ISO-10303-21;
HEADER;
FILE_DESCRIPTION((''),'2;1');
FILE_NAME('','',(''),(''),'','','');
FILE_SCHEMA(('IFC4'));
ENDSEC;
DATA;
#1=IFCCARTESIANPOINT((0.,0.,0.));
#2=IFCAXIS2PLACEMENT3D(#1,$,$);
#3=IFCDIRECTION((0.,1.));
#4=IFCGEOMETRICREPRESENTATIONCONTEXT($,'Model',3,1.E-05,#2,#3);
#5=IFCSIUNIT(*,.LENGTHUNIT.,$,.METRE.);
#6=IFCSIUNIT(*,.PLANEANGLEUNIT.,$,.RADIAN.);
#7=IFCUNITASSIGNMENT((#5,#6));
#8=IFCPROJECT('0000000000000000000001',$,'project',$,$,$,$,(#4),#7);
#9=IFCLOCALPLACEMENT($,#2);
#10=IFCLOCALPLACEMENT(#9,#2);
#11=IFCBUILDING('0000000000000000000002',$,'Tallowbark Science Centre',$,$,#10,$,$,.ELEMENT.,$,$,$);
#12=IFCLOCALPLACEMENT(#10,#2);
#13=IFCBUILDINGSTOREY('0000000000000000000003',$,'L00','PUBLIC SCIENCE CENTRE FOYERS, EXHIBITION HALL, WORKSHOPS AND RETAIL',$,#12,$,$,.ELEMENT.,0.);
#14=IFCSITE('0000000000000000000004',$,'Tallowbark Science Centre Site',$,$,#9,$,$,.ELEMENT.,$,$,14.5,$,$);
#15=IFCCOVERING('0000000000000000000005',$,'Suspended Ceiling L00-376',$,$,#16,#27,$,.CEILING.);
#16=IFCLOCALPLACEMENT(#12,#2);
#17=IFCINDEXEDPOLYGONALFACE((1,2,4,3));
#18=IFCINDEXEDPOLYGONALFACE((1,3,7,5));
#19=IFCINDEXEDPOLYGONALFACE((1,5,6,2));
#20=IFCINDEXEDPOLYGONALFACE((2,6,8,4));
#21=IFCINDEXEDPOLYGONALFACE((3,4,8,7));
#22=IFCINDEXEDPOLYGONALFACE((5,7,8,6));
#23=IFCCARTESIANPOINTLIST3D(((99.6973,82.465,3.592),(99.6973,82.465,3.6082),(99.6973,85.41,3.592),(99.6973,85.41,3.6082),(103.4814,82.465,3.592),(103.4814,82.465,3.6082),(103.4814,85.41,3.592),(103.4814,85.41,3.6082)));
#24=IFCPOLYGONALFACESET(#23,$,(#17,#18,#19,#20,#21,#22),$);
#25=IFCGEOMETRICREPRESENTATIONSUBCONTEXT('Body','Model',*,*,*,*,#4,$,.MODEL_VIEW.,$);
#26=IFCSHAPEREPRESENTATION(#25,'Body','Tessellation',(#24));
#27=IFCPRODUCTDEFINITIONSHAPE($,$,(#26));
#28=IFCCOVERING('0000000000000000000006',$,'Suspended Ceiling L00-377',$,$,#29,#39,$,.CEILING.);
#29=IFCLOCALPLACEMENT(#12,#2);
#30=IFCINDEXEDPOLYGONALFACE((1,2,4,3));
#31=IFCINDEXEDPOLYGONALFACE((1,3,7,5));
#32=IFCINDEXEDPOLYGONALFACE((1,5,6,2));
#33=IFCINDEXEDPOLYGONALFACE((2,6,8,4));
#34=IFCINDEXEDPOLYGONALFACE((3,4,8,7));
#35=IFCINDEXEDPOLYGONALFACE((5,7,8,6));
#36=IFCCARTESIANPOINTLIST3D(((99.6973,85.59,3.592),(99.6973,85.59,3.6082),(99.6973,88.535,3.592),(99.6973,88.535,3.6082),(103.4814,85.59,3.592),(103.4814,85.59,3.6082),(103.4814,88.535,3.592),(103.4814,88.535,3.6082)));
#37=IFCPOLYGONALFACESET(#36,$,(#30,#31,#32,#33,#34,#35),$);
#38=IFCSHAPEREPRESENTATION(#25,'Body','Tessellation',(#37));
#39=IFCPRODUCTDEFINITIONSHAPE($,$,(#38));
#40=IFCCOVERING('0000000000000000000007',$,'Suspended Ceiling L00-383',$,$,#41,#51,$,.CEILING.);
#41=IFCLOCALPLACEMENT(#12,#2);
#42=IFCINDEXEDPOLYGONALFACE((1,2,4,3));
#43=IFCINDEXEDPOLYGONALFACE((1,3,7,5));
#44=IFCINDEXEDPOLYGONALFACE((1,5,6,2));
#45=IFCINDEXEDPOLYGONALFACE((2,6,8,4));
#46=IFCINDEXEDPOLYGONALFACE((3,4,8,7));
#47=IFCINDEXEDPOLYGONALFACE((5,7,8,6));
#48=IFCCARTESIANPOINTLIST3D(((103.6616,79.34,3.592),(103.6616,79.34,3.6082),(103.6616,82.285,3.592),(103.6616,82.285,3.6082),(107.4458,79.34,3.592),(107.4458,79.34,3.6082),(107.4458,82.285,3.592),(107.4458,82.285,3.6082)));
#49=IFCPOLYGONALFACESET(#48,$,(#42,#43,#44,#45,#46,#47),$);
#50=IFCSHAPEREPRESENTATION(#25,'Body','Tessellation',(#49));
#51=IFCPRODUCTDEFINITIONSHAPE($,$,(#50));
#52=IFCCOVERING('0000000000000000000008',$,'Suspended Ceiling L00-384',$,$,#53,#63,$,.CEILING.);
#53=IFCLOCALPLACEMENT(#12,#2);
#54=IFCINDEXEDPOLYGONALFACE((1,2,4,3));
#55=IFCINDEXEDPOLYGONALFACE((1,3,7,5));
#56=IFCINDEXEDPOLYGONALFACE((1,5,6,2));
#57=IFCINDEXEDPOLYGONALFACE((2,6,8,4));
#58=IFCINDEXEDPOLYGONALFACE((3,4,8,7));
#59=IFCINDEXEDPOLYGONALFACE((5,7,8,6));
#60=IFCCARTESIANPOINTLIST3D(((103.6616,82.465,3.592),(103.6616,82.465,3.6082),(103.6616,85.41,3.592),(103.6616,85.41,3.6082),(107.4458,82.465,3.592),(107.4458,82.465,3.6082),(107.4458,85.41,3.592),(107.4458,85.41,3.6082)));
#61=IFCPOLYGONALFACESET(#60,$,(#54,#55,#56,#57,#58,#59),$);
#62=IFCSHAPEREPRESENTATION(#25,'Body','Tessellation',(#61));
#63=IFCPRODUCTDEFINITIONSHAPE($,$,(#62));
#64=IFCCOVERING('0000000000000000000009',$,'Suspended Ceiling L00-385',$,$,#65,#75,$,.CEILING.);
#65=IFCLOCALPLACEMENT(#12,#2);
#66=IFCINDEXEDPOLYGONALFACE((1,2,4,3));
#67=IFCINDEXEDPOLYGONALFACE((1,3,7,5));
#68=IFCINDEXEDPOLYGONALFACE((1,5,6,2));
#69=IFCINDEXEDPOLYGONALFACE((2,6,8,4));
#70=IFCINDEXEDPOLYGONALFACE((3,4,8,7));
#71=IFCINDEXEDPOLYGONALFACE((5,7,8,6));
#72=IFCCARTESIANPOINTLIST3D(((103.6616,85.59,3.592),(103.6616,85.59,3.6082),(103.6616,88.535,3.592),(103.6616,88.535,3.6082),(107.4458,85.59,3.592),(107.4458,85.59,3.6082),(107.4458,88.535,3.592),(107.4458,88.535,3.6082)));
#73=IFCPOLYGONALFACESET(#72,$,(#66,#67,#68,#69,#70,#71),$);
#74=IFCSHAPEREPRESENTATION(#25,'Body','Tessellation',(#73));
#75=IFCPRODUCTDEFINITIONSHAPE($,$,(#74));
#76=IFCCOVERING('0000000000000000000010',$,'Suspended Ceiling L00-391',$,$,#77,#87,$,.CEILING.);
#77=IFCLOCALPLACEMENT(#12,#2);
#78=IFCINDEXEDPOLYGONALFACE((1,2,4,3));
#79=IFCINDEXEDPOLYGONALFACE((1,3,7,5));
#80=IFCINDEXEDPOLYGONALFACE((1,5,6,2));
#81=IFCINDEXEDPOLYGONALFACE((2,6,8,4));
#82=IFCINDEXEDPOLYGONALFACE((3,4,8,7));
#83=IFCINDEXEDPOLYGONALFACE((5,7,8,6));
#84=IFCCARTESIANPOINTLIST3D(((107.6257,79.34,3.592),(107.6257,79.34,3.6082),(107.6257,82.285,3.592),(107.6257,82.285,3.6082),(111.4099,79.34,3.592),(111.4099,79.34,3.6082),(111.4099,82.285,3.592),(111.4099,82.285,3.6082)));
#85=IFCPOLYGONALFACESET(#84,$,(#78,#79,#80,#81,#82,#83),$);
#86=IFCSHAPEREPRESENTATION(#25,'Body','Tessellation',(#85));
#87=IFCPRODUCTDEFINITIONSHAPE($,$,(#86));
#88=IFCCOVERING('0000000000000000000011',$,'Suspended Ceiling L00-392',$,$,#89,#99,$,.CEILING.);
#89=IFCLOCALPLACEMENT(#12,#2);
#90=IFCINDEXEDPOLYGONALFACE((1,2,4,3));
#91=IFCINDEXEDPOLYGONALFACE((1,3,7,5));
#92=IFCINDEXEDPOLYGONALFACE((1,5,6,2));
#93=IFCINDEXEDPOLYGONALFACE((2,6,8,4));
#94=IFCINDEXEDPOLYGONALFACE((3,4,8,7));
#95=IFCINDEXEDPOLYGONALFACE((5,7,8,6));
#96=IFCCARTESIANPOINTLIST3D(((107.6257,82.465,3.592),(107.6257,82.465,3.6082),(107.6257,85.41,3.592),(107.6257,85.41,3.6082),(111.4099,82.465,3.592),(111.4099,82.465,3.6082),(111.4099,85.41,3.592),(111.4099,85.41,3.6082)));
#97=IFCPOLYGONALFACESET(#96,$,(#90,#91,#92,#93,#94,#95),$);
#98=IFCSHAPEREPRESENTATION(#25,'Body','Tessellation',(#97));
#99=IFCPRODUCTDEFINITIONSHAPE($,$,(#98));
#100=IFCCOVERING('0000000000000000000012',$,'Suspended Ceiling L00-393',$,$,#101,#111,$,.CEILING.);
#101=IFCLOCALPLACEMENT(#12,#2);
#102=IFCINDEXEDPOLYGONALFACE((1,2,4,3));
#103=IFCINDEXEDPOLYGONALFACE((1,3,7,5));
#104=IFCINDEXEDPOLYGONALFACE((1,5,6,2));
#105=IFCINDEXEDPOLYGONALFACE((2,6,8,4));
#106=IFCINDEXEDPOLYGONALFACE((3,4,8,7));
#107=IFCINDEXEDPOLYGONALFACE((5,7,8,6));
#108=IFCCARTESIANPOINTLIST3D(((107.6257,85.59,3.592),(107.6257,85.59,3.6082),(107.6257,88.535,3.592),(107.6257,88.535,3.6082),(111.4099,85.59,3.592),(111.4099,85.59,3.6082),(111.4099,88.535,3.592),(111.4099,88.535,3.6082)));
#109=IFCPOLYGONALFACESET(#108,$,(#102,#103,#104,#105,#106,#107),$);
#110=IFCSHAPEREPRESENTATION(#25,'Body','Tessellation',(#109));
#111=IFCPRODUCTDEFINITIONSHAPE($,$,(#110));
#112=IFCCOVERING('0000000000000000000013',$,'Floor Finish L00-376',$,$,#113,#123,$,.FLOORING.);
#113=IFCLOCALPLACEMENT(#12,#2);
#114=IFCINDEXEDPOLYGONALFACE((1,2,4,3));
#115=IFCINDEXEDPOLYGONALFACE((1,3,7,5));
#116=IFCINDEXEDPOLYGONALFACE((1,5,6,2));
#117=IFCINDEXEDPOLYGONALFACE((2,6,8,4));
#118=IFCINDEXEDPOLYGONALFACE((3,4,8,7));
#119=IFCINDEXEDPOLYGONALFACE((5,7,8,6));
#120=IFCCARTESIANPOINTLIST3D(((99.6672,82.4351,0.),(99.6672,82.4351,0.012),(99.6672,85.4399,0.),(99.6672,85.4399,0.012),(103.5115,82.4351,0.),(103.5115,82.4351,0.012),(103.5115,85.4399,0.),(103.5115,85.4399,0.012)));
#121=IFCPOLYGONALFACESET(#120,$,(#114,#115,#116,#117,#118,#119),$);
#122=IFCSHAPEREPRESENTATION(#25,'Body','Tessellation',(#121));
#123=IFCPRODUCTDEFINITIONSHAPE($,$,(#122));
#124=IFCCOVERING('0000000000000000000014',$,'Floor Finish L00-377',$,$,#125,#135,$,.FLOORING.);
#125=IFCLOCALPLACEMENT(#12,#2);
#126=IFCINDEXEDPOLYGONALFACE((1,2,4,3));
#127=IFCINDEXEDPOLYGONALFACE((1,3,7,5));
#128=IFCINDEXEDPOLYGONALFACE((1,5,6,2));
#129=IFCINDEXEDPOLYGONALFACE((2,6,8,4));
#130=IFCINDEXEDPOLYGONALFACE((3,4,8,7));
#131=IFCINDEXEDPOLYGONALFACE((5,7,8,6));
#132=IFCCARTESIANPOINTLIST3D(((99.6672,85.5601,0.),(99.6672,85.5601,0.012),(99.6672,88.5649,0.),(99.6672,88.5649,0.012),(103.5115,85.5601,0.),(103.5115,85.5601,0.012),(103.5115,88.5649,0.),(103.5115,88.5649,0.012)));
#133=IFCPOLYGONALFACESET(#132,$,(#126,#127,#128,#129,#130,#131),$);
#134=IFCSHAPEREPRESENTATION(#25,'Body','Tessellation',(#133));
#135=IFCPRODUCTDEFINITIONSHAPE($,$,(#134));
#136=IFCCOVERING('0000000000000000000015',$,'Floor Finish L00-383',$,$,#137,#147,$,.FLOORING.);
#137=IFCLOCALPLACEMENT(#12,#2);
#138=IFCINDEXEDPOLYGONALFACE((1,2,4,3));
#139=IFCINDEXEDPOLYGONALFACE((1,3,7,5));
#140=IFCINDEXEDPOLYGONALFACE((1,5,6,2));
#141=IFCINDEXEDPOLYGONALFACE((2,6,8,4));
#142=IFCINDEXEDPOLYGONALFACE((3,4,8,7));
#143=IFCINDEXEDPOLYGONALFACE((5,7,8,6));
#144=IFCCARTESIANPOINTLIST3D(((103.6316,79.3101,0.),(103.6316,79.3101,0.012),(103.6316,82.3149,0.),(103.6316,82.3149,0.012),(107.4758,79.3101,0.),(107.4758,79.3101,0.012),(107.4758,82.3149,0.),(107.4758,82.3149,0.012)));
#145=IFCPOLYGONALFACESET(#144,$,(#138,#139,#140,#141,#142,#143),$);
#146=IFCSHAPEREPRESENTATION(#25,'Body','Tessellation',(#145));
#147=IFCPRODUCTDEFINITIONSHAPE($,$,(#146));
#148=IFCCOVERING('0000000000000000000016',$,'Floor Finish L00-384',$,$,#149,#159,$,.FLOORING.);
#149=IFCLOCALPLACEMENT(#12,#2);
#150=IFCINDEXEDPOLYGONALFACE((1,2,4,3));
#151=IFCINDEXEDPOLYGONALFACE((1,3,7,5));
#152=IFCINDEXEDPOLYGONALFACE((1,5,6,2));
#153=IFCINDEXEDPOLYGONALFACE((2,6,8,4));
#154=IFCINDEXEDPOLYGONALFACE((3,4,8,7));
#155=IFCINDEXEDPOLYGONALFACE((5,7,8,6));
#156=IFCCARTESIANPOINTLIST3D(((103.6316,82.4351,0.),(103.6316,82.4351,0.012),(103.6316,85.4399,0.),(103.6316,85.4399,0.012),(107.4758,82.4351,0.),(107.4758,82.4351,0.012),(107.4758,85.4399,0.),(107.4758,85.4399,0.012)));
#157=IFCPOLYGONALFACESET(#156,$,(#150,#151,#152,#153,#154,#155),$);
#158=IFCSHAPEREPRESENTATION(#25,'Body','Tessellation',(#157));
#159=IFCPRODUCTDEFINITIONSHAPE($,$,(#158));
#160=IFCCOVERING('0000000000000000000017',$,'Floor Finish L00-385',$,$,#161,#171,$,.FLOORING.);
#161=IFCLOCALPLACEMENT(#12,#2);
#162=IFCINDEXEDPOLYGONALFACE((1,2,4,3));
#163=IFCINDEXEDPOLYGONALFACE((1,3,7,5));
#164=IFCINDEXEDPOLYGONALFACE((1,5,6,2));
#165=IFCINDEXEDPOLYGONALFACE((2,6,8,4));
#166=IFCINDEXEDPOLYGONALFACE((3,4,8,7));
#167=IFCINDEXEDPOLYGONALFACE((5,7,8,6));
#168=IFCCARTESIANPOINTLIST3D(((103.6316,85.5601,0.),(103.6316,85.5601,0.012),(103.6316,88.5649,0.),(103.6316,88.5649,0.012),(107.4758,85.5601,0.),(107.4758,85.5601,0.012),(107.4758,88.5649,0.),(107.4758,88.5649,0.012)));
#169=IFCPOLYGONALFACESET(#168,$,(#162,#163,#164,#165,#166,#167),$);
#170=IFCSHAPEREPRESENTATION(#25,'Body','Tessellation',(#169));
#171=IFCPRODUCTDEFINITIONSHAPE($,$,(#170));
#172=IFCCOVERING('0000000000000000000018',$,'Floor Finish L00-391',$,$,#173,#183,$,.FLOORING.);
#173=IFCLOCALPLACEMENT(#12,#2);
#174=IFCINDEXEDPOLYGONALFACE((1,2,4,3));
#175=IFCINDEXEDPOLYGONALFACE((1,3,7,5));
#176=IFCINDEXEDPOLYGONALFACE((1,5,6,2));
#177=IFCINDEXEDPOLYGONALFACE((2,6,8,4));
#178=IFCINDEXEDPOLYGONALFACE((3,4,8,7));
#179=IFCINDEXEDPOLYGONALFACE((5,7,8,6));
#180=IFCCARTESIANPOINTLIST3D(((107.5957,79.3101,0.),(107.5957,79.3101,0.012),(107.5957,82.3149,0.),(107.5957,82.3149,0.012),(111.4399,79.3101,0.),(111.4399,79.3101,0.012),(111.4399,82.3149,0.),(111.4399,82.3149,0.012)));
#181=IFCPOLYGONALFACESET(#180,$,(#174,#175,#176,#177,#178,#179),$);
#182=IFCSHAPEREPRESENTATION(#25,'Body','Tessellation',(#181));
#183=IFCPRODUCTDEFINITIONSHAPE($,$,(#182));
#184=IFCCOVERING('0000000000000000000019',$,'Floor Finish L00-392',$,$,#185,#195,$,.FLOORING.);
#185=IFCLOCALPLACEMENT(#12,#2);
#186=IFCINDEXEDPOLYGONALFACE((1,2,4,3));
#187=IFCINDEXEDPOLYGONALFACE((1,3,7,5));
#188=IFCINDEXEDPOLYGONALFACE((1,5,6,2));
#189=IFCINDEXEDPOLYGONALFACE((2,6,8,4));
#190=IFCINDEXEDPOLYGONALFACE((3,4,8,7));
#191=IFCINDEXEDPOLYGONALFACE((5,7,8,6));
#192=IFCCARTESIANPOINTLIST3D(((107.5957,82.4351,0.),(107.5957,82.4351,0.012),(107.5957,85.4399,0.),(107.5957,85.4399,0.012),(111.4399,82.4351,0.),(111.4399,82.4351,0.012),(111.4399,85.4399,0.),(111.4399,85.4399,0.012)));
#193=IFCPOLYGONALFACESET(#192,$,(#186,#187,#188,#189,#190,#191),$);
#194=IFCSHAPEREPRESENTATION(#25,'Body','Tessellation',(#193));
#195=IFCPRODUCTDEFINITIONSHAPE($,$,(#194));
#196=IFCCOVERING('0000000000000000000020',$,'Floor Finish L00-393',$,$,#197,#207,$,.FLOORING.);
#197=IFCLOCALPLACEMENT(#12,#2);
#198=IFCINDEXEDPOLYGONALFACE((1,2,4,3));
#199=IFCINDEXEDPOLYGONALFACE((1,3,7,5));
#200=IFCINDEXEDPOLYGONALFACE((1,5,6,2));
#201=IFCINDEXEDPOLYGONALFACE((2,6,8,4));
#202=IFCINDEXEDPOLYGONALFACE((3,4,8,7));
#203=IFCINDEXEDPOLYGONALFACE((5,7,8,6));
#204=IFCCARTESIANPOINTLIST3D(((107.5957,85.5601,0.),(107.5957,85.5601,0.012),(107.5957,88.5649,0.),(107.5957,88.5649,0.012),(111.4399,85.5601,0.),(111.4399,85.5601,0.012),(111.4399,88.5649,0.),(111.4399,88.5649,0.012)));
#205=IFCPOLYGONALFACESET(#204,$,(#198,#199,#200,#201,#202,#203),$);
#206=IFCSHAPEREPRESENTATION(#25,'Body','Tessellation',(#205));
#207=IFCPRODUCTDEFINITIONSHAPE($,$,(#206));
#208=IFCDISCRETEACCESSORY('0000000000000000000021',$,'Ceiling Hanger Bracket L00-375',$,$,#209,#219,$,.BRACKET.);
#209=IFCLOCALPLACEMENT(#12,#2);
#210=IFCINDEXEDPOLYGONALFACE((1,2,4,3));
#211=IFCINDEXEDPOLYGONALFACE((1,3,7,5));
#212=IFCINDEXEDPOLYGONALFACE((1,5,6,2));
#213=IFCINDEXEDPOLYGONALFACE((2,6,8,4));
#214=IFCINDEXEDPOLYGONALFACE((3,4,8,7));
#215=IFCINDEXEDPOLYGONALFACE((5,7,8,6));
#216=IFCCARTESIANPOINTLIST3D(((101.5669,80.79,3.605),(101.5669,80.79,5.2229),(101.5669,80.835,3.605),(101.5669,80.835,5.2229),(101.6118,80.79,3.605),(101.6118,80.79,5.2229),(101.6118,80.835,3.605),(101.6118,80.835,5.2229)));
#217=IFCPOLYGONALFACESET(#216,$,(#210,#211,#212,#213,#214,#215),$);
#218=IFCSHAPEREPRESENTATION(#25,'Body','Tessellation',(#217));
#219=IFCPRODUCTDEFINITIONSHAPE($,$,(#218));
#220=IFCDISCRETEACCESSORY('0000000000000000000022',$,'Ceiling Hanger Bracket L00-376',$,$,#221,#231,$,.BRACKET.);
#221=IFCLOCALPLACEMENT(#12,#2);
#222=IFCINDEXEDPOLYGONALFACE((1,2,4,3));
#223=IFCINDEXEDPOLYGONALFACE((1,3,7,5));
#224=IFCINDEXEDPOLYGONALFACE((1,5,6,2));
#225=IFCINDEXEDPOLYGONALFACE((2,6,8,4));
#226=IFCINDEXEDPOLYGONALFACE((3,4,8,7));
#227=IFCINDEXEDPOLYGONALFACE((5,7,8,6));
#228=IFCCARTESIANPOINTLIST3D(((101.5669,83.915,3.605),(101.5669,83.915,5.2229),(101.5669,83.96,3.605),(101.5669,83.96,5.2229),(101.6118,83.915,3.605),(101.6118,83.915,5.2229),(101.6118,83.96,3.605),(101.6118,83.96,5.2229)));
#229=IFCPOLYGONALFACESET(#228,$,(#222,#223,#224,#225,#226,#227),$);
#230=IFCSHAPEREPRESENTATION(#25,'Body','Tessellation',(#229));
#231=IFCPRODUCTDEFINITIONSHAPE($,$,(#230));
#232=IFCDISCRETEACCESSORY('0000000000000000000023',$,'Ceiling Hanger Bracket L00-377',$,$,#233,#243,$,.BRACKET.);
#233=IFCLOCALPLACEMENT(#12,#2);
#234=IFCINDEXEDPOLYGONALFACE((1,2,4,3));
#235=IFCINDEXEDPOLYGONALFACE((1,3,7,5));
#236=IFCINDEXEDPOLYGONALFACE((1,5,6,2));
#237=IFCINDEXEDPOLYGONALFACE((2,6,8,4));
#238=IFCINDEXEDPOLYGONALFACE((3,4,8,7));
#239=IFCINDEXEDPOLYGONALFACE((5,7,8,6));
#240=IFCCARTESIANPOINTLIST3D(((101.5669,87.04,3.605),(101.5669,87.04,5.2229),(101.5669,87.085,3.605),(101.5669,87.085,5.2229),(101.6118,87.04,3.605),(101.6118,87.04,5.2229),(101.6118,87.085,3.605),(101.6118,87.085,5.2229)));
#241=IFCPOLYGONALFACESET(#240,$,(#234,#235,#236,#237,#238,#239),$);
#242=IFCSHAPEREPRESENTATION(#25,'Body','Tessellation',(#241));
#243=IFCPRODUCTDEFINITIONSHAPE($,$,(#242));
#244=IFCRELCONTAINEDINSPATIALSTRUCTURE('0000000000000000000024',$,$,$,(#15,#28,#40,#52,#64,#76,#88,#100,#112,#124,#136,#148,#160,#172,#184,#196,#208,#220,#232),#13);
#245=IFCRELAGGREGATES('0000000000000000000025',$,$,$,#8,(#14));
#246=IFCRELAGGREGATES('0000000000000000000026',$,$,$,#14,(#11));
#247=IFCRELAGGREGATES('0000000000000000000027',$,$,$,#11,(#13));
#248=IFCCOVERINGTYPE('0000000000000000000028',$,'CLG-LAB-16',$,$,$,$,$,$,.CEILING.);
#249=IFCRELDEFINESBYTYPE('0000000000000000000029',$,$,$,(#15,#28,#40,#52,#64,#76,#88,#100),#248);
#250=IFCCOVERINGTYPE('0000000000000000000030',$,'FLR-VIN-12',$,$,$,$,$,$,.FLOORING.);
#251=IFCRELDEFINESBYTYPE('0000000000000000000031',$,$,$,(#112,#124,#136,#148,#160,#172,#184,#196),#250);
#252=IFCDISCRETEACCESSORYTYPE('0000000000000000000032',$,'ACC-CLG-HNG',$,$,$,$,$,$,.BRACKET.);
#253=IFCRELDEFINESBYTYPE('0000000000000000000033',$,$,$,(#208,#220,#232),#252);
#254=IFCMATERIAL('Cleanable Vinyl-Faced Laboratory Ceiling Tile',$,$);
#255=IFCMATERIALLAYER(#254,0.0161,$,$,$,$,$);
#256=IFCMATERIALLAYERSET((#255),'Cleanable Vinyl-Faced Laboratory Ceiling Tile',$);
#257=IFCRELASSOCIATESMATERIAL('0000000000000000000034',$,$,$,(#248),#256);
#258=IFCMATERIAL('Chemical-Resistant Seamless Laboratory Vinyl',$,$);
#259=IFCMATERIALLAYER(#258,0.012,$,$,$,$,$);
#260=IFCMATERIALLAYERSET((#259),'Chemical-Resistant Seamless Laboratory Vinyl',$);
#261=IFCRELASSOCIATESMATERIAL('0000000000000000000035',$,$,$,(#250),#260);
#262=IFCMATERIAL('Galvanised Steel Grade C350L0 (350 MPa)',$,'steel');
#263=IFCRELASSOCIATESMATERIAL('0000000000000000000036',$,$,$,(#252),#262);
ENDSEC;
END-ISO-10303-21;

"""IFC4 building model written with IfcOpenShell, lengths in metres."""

from ifc_helpers import new_model, si_unit, direction, frame, origin, origin_2d, place, context, subcontext, project, spatial, rectangle, extrude, material, layer, layer_set, type_object, element, save


model = new_model("IFC4")

# Units and contexts
model_context = context("Model", 3, precision=1e-05, world=origin(), true_north=direction((0.0, 1.0)))
body_context = subcontext(model_context, "Body", "Model", "MODEL_VIEW")
ifc_project = project(units=[si_unit("LENGTHUNIT", "METRE"), si_unit("PLANEANGLEUNIT", "RADIAN")], contexts=[model_context])

# Site, building, storey
site_placement = place(None, origin())
site = spatial("IfcSite", under=ifc_project, at=site_placement, Name="Tallowbark Science Centre Site", CompositionType="ELEMENT", RefElevation=14.5)
building_placement = place(site_placement, origin())
building = spatial("IfcBuilding", under=site, at=building_placement, Name="Tallowbark Science Centre", CompositionType="ELEMENT")
storey_placement = place(building_placement, origin())
storey = spatial("IfcBuildingStorey", under=building, at=storey_placement, Name="L00", Description="PUBLIC SCIENCE CENTRE FOYERS, EXHIBITION HALL, WORKSHOPS AND RETAIL", CompositionType="ELEMENT", Elevation=0.0)

# Coverings
ifc_material_1 = material(Name="Cleanable Vinyl-Faced Laboratory Ceiling Tile")
ifc_layer_1 = layer(ifc_material_1, 0.0161)
ifc_layer_set_1 = layer_set([ifc_layer_1], Name="Cleanable Vinyl-Faced Laboratory Ceiling Tile")
covering_type_1 = type_object("IfcCoveringType", Name="CLG-LAB-16", PredefinedType="CEILING", material=ifc_layer_set_1)
for number, where, z_axis, x_axis, name in (
    (1, (101.5894, 83.9375, 3.592), (0.0, 0.0, 1.0), (1.0, 0.0, 0.0), "Suspended Ceiling L00-376"),
    (2, (101.5894, 87.0625, 3.592), (0.0, 0.0, 1.0), (1.0, 0.0, 0.0), "Suspended Ceiling L00-377"),
    (3, (105.5537, 80.8125, 3.592), (0.0, 0.0, 1.0), (1.0, 0.0, 0.0), "Suspended Ceiling L00-383"),
    (4, (105.5537, 83.9375, 3.592), (0.0, 0.0, 1.0), (1.0, 0.0, 0.0), "Suspended Ceiling L00-384"),
    (5, (105.5537, 87.0625, 3.592), (0.0, 0.0, 1.0), (1.0, 0.0, 0.0), "Suspended Ceiling L00-385"),
    (6, (109.5178, 80.8125, 3.592), (0.0, 0.0, 1.0), (1.0, 0.0, 0.0), "Suspended Ceiling L00-391"),
    (7, (109.5178, 83.9375, 3.592), (0.0, 0.0, 1.0), (1.0, 0.0, 0.0), "Suspended Ceiling L00-392"),
    (8, (109.5178, 87.0625, 3.592), (0.0, 0.0, 1.0), (1.0, 0.0, 0.0), "Suspended Ceiling L00-393"),
):
    element("IfcCovering", number, at=place(storey_placement, frame(where, z_axis=z_axis, x_axis=x_axis)), inside=storey, type_object=covering_type_1, Name=name, PredefinedType="CEILING", context=body_context, shape_type="SweptSolid", body=[
        extrude(rectangle(XDim=3.7842, YDim=2.9451, at=origin_2d()), origin(), (0.0, 0.0, 1.0), 0.0161),
    ])
ifc_material_2 = material(Name="Chemical-Resistant Seamless Laboratory Vinyl")
ifc_layer_2 = layer(ifc_material_2, 0.012)
ifc_layer_set_2 = layer_set([ifc_layer_2], Name="Chemical-Resistant Seamless Laboratory Vinyl")
covering_type_2 = type_object("IfcCoveringType", Name="FLR-VIN-12", PredefinedType="FLOORING", material=ifc_layer_set_2)
for number, where, z_axis, x_axis, name in (
    (9, (101.5894, 83.9375, 0.0), (0.0, 0.0, 1.0), (1.0, 0.0, 0.0), "Floor Finish L00-376"),
    (10, (101.5894, 87.0625, 0.0), (0.0, 0.0, 1.0), (1.0, 0.0, 0.0), "Floor Finish L00-377"),
    (11, (105.5537, 80.8125, 0.0), (0.0, 0.0, 1.0), (1.0, 0.0, 0.0), "Floor Finish L00-383"),
    (12, (105.5537, 83.9375, 0.0), (0.0, 0.0, 1.0), (1.0, 0.0, 0.0), "Floor Finish L00-384"),
    (13, (105.5537, 87.0625, 0.0), (0.0, 0.0, 1.0), (1.0, 0.0, 0.0), "Floor Finish L00-385"),
    (14, (109.5178, 80.8125, 0.0), (0.0, 0.0, 1.0), (1.0, 0.0, 0.0), "Floor Finish L00-391"),
    (15, (109.5178, 83.9375, 0.0), (0.0, 0.0, 1.0), (1.0, 0.0, 0.0), "Floor Finish L00-392"),
    (16, (109.5178, 87.0625, 0.0), (0.0, 0.0, 1.0), (1.0, 0.0, 0.0), "Floor Finish L00-393"),
):
    element("IfcCovering", number, at=place(storey_placement, frame(where, z_axis=z_axis, x_axis=x_axis)), inside=storey, type_object=covering_type_2, Name=name, PredefinedType="FLOORING", context=body_context, shape_type="SweptSolid", body=[
        extrude(rectangle(XDim=3.8442, YDim=3.0049, at=origin_2d()), origin(), (0.0, 0.0, 1.0), 0.012),
    ])

# Discrete accessories
ifc_material_3 = material(Name="Galvanised Steel Grade C350L0 (350 MPa)", Category="steel")
discrete_accessory_type = type_object("IfcDiscreteAccessoryType", Name="ACC-CLG-HNG", PredefinedType="BRACKET", material=ifc_material_3)
for number, where, z_axis, x_axis, name in (
    (17, (101.5894, 80.8125, 3.605), (0.0, 0.0, 1.0), (1.0, 0.0, 0.0), "Ceiling Hanger Bracket L00-375"),
    (18, (101.5894, 83.9375, 3.605), (0.0, 0.0, 1.0), (1.0, 0.0, 0.0), "Ceiling Hanger Bracket L00-376"),
    (19, (101.5894, 87.0625, 3.605), (0.0, 0.0, 1.0), (1.0, 0.0, 0.0), "Ceiling Hanger Bracket L00-377"),
):
    element("IfcDiscreteAccessory", number, at=place(storey_placement, frame(where, z_axis=z_axis, x_axis=x_axis)), inside=storey, type_object=discrete_accessory_type, Name=name, PredefinedType="BRACKET", context=body_context, shape_type="SweptSolid", body=[
        extrude(rectangle(XDim=0.0449, YDim=0.0449, at=origin_2d()), origin(), (0.0, 0.0, 1.0), 1.6179),
    ])

save(model, "model.ifc")
